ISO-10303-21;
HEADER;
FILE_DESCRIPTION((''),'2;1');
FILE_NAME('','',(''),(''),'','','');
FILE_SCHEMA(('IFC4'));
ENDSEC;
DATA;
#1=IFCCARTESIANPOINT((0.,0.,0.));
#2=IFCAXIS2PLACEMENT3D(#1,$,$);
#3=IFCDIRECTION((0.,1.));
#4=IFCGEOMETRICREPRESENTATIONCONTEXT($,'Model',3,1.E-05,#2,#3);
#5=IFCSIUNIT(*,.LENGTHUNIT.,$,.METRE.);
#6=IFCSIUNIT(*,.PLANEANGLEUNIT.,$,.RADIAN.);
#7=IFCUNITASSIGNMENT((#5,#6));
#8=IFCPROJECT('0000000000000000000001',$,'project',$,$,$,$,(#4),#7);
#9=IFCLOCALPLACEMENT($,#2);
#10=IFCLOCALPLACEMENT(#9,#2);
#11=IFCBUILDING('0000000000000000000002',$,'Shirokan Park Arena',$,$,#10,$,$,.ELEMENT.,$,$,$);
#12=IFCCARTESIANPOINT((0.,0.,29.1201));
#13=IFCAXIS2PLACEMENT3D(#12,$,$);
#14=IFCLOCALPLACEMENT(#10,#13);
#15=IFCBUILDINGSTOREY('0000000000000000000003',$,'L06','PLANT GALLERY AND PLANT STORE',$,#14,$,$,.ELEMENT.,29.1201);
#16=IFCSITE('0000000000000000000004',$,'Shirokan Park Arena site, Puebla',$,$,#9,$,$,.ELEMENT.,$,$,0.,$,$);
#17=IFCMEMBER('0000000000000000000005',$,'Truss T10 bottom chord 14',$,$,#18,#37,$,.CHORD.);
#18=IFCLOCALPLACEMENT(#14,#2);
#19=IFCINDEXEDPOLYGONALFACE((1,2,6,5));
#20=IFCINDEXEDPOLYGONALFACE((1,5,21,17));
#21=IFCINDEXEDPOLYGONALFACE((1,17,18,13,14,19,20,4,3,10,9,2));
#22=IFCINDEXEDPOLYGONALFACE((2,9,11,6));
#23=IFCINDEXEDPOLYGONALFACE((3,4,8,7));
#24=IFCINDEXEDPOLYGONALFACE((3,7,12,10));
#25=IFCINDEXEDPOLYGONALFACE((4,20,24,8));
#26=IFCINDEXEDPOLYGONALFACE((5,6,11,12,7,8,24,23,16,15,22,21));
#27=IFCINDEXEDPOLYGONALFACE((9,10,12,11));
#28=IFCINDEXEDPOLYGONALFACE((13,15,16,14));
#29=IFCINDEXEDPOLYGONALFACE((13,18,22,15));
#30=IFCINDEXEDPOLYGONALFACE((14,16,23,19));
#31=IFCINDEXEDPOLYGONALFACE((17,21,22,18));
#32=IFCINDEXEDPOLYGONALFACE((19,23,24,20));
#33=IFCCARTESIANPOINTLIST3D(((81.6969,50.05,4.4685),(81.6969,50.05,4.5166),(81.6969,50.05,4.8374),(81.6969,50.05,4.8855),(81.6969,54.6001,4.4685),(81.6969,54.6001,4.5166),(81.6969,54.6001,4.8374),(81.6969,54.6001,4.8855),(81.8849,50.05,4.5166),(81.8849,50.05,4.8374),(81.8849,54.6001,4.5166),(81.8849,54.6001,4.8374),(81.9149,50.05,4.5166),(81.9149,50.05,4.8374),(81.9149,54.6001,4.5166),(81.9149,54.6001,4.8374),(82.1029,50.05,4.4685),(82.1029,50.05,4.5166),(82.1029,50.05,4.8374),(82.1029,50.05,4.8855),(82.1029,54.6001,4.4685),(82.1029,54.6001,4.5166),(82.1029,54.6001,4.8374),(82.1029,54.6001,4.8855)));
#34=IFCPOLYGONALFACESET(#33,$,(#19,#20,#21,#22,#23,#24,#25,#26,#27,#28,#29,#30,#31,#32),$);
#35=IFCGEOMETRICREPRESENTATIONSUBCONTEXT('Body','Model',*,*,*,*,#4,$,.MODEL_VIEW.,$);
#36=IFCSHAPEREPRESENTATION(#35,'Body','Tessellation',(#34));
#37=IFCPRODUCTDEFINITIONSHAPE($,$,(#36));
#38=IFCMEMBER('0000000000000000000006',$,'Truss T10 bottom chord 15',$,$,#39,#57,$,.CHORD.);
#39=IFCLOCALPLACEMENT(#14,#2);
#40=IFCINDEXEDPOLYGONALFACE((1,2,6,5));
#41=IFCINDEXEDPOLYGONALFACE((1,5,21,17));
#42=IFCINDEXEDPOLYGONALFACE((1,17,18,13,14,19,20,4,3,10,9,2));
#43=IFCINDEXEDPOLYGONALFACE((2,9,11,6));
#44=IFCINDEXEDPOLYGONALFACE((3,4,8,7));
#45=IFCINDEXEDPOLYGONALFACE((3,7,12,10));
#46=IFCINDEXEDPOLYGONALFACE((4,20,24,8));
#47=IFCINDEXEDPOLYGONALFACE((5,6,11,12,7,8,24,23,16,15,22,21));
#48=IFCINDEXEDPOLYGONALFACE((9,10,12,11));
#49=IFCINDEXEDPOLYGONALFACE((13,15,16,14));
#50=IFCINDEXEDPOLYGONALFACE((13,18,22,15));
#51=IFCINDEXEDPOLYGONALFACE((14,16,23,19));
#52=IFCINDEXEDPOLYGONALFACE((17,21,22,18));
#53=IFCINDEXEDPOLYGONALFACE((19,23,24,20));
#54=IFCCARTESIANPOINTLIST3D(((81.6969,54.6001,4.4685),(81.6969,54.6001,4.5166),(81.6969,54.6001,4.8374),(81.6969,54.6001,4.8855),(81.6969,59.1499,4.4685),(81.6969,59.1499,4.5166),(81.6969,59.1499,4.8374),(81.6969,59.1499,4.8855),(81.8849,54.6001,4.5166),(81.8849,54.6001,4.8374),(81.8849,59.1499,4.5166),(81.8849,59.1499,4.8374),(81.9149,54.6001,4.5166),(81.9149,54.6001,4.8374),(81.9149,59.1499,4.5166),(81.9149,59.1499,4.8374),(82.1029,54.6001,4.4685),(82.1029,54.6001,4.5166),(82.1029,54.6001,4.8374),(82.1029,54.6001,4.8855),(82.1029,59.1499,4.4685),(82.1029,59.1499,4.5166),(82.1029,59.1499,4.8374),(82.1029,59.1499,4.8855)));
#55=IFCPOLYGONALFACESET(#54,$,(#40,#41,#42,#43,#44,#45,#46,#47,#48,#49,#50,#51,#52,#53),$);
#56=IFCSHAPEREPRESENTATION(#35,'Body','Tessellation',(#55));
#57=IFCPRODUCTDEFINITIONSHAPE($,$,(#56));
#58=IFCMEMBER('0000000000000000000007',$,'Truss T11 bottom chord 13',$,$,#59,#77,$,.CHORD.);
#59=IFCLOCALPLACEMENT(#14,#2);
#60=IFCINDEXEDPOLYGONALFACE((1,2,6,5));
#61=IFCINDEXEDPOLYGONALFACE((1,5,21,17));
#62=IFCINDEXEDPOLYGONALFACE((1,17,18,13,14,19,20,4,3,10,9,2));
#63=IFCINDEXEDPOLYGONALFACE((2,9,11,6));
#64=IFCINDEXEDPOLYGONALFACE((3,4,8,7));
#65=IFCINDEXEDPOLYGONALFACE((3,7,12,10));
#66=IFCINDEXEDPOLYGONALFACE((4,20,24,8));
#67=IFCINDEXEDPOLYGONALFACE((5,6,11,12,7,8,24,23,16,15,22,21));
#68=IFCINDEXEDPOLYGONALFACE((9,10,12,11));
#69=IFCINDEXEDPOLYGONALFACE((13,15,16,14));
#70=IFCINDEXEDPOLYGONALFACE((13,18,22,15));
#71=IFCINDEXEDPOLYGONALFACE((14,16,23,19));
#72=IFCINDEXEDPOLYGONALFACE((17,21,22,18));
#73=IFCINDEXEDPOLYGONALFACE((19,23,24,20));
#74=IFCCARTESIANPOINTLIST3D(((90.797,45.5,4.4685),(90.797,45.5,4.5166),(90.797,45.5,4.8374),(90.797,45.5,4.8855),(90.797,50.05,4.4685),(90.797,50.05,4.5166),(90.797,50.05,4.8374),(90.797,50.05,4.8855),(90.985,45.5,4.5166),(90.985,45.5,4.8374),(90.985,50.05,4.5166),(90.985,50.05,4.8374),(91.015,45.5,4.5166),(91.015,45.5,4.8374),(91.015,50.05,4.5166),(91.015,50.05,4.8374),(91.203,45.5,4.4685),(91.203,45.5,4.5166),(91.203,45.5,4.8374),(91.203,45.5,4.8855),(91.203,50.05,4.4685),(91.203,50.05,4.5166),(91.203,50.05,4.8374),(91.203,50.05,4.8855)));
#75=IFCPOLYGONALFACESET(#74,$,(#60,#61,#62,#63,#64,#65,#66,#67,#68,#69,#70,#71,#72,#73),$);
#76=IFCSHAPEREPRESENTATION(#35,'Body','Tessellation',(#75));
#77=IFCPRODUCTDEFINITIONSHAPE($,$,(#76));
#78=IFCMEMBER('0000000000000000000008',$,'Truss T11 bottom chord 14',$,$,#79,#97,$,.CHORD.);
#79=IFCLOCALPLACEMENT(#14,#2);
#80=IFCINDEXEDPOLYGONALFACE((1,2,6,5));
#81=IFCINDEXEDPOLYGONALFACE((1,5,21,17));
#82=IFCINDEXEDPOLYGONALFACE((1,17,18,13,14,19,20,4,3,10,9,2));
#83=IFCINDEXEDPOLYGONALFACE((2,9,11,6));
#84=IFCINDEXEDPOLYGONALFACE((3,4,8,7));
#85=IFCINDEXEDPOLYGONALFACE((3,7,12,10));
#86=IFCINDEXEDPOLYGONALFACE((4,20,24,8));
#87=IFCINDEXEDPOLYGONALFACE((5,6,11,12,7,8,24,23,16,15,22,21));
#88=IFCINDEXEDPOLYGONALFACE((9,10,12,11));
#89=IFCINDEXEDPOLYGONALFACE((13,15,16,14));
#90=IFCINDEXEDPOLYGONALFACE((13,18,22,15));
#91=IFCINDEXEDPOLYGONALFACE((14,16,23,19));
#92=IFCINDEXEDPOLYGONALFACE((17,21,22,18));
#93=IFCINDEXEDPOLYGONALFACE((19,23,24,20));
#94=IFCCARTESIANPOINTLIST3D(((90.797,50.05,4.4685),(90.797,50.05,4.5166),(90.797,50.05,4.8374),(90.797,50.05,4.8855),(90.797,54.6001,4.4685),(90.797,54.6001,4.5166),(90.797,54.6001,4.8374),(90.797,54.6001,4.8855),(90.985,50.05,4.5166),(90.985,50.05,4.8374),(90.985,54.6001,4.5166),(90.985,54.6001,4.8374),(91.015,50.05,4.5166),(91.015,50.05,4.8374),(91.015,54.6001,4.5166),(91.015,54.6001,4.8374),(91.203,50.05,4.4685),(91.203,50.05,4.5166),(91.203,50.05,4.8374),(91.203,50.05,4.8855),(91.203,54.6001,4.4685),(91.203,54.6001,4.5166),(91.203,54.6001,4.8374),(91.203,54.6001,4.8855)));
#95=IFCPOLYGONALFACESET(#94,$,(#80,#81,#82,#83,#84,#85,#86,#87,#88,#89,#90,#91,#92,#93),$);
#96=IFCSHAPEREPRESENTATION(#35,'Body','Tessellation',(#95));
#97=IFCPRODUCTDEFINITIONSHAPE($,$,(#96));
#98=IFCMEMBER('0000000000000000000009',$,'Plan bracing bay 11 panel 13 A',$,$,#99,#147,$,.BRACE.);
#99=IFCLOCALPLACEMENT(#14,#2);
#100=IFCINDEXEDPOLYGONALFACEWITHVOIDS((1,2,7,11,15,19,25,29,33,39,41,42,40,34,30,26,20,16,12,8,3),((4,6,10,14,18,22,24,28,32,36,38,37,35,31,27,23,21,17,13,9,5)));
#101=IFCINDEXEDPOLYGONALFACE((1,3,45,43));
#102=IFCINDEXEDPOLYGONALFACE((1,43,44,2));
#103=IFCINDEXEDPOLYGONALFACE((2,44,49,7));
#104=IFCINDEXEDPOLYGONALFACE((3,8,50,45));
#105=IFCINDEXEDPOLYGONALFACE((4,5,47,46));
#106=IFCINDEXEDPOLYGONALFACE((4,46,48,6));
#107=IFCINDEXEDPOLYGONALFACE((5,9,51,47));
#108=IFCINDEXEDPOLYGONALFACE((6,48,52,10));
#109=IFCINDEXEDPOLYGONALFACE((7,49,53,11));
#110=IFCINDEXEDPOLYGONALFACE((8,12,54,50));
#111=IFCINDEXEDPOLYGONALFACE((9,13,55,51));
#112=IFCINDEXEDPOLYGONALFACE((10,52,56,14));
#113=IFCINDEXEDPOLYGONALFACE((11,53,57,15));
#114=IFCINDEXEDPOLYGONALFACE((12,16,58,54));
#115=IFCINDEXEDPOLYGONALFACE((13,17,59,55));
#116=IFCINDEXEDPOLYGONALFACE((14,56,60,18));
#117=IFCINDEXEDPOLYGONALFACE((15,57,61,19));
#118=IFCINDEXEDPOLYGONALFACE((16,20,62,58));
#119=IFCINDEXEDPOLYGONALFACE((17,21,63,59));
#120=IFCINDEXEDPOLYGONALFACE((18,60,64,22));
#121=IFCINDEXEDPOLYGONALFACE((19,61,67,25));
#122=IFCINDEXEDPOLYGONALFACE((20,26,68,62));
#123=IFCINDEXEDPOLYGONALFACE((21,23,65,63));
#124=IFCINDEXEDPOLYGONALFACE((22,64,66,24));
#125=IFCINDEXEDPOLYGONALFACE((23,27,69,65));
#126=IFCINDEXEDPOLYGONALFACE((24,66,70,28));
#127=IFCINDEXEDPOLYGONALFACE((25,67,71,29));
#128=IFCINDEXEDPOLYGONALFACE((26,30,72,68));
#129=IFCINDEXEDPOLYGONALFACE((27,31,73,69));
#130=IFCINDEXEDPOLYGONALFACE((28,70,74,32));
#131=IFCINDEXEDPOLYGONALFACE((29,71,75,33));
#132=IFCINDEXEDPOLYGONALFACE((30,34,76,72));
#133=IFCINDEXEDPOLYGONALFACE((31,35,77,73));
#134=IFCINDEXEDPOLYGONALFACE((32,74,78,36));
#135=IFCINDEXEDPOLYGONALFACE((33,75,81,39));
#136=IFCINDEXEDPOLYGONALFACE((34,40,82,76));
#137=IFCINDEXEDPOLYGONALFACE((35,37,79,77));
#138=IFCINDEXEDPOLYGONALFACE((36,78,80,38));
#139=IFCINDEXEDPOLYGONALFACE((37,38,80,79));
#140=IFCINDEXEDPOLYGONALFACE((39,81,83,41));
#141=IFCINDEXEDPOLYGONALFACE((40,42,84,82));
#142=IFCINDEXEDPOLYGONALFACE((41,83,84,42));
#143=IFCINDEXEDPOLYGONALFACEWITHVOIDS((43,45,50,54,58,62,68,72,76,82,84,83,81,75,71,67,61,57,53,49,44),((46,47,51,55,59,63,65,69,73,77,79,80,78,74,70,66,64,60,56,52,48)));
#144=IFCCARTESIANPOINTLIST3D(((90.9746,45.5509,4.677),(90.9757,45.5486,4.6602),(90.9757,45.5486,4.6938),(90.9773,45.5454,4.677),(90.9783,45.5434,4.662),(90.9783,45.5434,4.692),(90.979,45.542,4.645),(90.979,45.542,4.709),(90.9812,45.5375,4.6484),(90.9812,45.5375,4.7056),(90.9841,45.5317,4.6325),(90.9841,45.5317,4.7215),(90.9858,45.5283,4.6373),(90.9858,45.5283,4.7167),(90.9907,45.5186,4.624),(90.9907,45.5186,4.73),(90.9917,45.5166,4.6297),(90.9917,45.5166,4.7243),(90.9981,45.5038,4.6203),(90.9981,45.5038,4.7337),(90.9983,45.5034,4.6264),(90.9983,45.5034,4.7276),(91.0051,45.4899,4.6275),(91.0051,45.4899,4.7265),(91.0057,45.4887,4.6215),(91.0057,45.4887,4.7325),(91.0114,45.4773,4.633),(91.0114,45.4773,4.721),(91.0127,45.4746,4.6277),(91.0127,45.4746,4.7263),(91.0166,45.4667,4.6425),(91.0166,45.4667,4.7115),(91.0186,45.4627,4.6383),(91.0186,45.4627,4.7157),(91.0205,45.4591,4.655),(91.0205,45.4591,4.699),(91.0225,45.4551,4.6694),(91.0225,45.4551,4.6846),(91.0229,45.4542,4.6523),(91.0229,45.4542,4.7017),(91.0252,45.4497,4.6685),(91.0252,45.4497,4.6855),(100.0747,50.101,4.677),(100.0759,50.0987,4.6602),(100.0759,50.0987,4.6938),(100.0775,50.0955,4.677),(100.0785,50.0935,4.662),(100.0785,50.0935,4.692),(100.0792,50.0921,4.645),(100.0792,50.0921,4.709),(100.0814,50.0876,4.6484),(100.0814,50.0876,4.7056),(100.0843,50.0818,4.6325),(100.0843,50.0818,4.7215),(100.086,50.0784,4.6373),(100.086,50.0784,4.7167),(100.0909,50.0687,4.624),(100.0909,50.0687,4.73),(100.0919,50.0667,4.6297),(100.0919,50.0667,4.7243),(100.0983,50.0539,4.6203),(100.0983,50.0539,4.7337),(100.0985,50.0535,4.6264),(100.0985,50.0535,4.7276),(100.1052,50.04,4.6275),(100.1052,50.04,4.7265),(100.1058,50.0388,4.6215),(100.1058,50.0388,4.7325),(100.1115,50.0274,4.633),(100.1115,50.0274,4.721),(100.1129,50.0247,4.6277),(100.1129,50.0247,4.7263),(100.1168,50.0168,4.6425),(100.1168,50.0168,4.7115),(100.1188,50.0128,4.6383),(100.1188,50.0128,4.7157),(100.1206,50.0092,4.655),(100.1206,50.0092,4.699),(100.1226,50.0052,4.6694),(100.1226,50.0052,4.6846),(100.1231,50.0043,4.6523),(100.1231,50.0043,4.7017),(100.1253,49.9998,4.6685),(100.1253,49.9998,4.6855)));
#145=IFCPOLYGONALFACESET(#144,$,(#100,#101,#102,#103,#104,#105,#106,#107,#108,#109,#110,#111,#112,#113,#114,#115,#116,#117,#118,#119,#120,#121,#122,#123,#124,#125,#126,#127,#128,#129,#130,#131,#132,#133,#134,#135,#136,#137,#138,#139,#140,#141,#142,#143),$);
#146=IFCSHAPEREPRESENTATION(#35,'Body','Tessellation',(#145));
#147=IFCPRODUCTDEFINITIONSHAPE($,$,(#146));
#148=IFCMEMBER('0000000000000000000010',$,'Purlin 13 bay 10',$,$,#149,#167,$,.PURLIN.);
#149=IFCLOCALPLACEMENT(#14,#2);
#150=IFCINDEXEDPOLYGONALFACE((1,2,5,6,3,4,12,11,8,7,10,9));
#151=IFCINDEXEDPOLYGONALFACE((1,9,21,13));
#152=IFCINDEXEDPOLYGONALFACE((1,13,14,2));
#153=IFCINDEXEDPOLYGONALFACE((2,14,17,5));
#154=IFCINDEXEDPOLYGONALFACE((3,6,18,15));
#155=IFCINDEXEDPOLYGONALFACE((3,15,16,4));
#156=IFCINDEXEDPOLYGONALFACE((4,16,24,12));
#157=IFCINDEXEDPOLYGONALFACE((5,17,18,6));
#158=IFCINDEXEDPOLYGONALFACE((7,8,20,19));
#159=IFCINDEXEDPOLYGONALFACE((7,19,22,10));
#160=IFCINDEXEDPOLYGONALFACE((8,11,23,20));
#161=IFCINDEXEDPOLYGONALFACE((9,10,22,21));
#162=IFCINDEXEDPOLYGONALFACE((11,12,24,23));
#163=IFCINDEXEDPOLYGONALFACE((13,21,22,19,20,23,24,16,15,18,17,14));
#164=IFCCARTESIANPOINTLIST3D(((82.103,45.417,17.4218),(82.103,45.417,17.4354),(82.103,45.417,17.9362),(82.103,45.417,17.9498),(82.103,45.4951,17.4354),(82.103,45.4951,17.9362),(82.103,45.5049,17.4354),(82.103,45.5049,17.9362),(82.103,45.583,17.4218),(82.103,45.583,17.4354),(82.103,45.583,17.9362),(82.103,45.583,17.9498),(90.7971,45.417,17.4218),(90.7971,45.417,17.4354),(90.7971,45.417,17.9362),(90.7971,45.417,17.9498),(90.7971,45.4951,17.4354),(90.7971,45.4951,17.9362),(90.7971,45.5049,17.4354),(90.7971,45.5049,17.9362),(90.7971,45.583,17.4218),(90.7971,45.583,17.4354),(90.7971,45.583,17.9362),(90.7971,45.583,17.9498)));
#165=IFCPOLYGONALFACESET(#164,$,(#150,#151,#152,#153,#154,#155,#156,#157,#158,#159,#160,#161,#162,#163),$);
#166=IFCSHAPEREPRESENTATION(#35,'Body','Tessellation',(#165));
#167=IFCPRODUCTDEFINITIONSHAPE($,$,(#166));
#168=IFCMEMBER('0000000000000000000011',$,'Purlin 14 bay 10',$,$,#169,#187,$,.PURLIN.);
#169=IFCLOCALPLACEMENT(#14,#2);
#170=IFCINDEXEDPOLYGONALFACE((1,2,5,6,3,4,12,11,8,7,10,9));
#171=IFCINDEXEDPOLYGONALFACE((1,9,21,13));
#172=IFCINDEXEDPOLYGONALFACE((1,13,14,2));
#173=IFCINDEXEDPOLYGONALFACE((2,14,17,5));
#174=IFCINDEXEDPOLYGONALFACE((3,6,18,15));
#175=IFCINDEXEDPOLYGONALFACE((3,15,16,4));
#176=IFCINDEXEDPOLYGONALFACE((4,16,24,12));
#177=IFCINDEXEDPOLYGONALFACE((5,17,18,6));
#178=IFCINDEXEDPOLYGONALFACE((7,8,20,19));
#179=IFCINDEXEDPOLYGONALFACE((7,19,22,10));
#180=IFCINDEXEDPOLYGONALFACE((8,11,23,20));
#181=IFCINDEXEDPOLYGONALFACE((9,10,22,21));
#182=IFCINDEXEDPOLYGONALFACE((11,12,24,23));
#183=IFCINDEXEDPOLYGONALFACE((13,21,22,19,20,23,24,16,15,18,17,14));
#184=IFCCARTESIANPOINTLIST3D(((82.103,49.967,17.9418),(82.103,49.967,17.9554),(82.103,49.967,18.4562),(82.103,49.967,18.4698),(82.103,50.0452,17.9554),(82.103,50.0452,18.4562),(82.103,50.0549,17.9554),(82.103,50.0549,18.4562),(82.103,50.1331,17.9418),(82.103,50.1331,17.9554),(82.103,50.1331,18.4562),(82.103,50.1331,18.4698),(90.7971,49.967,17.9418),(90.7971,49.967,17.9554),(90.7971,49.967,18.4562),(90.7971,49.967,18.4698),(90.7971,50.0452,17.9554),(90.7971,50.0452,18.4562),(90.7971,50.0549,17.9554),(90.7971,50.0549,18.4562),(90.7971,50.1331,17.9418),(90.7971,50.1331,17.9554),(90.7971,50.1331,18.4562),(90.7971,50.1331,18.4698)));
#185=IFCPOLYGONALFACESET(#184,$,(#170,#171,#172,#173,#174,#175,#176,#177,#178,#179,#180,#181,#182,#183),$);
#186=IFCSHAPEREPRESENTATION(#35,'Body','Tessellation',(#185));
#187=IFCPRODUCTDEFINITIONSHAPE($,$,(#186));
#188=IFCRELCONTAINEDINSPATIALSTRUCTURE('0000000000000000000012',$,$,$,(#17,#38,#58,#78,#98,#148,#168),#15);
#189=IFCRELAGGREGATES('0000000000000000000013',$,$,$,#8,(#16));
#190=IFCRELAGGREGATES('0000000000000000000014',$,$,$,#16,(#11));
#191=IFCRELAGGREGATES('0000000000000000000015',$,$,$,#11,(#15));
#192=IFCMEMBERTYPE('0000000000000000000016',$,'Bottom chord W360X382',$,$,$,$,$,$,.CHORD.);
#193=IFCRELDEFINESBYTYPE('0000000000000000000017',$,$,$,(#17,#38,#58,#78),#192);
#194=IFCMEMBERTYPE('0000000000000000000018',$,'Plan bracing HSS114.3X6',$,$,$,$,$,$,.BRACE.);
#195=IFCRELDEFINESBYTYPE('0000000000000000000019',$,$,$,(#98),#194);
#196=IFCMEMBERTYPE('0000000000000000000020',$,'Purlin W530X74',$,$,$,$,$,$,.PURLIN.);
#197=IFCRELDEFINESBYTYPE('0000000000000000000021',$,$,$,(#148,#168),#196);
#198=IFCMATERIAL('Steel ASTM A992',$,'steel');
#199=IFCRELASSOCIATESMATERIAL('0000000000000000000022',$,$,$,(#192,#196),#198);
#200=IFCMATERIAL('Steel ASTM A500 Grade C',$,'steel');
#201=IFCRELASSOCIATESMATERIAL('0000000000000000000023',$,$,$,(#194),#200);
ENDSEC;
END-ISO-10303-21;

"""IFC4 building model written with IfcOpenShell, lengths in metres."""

from ifc_helpers import new_model, si_unit, direction, frame, origin, origin_2d, place, context, subcontext, project, spatial, hollow_circle, i_section, extrude, material, material_profile, profile_set, type_object, element, save


model = new_model("IFC4")

# Units and contexts
model_context = context("Model", 3, precision=1e-05, world=origin(), true_north=direction((0.0, 1.0)))
body_context = subcontext(model_context, "Body", "Model", "MODEL_VIEW")
ifc_project = project(units=[si_unit("LENGTHUNIT", "METRE"), si_unit("PLANEANGLEUNIT", "RADIAN")], contexts=[model_context])

# Site, building, storey
site_placement = place(None, origin())
site = spatial("IfcSite", under=ifc_project, at=site_placement, Name="Shirokan Park Arena site, Puebla", CompositionType="ELEMENT", RefElevation=0.0)
building_placement = place(site_placement, origin())
building = spatial("IfcBuilding", under=site, at=building_placement, Name="Shirokan Park Arena", CompositionType="ELEMENT")
storey_placement = place(building_placement, frame((0.0, 0.0, 29.1201)))
storey = spatial("IfcBuildingStorey", under=building, at=storey_placement, Name="L06", Description="PLANT GALLERY AND PLANT STORE", CompositionType="ELEMENT", Elevation=29.1201)

# Members
ifc_material_1 = material(Name="Steel ASTM A992", Category="steel")
ifc_material_profile_1 = material_profile(ifc_material_1, i_section(OverallWidth=0.406, OverallDepth=0.417, WebThickness=0.03, FlangeThickness=0.0481, at=origin_2d()), Name="W360X382")
ifc_profile_set_1 = profile_set([ifc_material_profile_1], Name="Steel ASTM A992")
member_type_1 = type_object("IfcMemberType", Name="Bottom chord W360X382", PredefinedType="CHORD", material=ifc_profile_set_1)
member_1_placement = place(storey_placement, frame((81.8999, 50.05, 4.677), z_axis=(0.0, 1.0, 0.0), x_axis=(-1.0, 0.0, 0.0)))
element("IfcMember", 1, at=member_1_placement, inside=storey, type_object=member_type_1, Name="Truss T10 bottom chord 14", PredefinedType="CHORD", context=body_context, shape_type="SweptSolid", body=[
    extrude(i_section(OverallWidth=0.406, OverallDepth=0.417, WebThickness=0.03, FlangeThickness=0.0481, at=origin_2d()), origin(), (0.0, 0.0, 1.0), 4.55),
])
member_2_placement = place(storey_placement, frame((81.8999, 54.6001, 4.677), z_axis=(0.0, 1.0, 0.0), x_axis=(-1.0, 0.0, 0.0)))
element("IfcMember", 2, at=member_2_placement, inside=storey, type_object=member_type_1, Name="Truss T10 bottom chord 15", PredefinedType="CHORD", context=body_context, shape_type="SweptSolid", body=[
    extrude(i_section(OverallWidth=0.406, OverallDepth=0.417, WebThickness=0.03, FlangeThickness=0.0481, at=origin_2d()), origin(), (0.0, 0.0, 1.0), 4.5498),
])
for number, where, z_axis, x_axis, name in (
    (3, (91.0, 45.5, 4.677), (0.0, 1.0, 0.0), (-1.0, 0.0, 0.0), "Truss T11 bottom chord 13"),
    (4, (91.0, 50.05, 4.677), (0.0, 1.0, 0.0), (-1.0, 0.0, 0.0), "Truss T11 bottom chord 14"),
):
    element("IfcMember", number, at=place(storey_placement, frame(where, z_axis=z_axis, x_axis=x_axis)), inside=storey, type_object=member_type_1, Name=name, PredefinedType="CHORD", context=body_context, shape_type="SweptSolid", body=[
        extrude(i_section(OverallWidth=0.406, OverallDepth=0.417, WebThickness=0.03, FlangeThickness=0.0481, at=origin_2d()), origin(), (0.0, 0.0, 1.0), 4.55),
    ])
ifc_material_2 = material(Name="Steel ASTM A500 Grade C", Category="steel")
ifc_material_profile_2 = material_profile(ifc_material_2, hollow_circle(Radius=0.0569, WallThickness=0.0061, at=origin_2d()), Name="HSS114.3X6")
ifc_profile_set_2 = profile_set([ifc_material_profile_2], Name="Steel ASTM A500 Grade C")
member_type_2 = type_object("IfcMemberType", Name="Plan bracing HSS114.3X6", PredefinedType="BRACE", material=ifc_profile_set_2)
member_3_placement = place(storey_placement, frame((91.0, 45.5, 4.677), z_axis=(0.894427, 0.447214, 0.0), x_axis=(-0.447214, 0.894427, 0.0)))
element("IfcMember", 5, at=member_3_placement, inside=storey, type_object=member_type_2, Name="Plan bracing bay 11 panel 13 A", PredefinedType="BRACE", context=body_context, shape_type="SweptSolid", body=[
    extrude(hollow_circle(Radius=0.0569, WallThickness=0.0061, at=origin_2d()), origin(), (0.0, 0.0, 1.0), 10.1743),
])
ifc_material_profile_3 = material_profile(ifc_material_1, i_section(OverallWidth=0.166, OverallDepth=0.5281, WebThickness=0.0098, FlangeThickness=0.0137, at=origin_2d()), Name="W530X74")
ifc_profile_set_3 = profile_set([ifc_material_profile_3], Name="Steel ASTM A992")
member_type_3 = type_object("IfcMemberType", Name="Purlin W530X74", PredefinedType="PURLIN", material=ifc_profile_set_3)
for number, where, z_axis, x_axis, name in (
    (6, (82.103, 45.5, 17.6858), (1.0, 0.0, 0.0), (0.0, 1.0, 0.0), "Purlin 13 bay 10"),
    (7, (82.103, 50.05, 18.2058), (1.0, 0.0, 0.0), (0.0, 1.0, 0.0), "Purlin 14 bay 10"),
):
    element("IfcMember", number, at=place(storey_placement, frame(where, z_axis=z_axis, x_axis=x_axis)), inside=storey, type_object=member_type_3, Name=name, PredefinedType="PURLIN", context=body_context, shape_type="SweptSolid", body=[
        extrude(i_section(OverallWidth=0.166, OverallDepth=0.5281, WebThickness=0.0098, FlangeThickness=0.0137, at=origin_2d()), origin(), (0.0, 0.0, 1.0), 8.6941),
    ])

save(model, "model.ifc")
